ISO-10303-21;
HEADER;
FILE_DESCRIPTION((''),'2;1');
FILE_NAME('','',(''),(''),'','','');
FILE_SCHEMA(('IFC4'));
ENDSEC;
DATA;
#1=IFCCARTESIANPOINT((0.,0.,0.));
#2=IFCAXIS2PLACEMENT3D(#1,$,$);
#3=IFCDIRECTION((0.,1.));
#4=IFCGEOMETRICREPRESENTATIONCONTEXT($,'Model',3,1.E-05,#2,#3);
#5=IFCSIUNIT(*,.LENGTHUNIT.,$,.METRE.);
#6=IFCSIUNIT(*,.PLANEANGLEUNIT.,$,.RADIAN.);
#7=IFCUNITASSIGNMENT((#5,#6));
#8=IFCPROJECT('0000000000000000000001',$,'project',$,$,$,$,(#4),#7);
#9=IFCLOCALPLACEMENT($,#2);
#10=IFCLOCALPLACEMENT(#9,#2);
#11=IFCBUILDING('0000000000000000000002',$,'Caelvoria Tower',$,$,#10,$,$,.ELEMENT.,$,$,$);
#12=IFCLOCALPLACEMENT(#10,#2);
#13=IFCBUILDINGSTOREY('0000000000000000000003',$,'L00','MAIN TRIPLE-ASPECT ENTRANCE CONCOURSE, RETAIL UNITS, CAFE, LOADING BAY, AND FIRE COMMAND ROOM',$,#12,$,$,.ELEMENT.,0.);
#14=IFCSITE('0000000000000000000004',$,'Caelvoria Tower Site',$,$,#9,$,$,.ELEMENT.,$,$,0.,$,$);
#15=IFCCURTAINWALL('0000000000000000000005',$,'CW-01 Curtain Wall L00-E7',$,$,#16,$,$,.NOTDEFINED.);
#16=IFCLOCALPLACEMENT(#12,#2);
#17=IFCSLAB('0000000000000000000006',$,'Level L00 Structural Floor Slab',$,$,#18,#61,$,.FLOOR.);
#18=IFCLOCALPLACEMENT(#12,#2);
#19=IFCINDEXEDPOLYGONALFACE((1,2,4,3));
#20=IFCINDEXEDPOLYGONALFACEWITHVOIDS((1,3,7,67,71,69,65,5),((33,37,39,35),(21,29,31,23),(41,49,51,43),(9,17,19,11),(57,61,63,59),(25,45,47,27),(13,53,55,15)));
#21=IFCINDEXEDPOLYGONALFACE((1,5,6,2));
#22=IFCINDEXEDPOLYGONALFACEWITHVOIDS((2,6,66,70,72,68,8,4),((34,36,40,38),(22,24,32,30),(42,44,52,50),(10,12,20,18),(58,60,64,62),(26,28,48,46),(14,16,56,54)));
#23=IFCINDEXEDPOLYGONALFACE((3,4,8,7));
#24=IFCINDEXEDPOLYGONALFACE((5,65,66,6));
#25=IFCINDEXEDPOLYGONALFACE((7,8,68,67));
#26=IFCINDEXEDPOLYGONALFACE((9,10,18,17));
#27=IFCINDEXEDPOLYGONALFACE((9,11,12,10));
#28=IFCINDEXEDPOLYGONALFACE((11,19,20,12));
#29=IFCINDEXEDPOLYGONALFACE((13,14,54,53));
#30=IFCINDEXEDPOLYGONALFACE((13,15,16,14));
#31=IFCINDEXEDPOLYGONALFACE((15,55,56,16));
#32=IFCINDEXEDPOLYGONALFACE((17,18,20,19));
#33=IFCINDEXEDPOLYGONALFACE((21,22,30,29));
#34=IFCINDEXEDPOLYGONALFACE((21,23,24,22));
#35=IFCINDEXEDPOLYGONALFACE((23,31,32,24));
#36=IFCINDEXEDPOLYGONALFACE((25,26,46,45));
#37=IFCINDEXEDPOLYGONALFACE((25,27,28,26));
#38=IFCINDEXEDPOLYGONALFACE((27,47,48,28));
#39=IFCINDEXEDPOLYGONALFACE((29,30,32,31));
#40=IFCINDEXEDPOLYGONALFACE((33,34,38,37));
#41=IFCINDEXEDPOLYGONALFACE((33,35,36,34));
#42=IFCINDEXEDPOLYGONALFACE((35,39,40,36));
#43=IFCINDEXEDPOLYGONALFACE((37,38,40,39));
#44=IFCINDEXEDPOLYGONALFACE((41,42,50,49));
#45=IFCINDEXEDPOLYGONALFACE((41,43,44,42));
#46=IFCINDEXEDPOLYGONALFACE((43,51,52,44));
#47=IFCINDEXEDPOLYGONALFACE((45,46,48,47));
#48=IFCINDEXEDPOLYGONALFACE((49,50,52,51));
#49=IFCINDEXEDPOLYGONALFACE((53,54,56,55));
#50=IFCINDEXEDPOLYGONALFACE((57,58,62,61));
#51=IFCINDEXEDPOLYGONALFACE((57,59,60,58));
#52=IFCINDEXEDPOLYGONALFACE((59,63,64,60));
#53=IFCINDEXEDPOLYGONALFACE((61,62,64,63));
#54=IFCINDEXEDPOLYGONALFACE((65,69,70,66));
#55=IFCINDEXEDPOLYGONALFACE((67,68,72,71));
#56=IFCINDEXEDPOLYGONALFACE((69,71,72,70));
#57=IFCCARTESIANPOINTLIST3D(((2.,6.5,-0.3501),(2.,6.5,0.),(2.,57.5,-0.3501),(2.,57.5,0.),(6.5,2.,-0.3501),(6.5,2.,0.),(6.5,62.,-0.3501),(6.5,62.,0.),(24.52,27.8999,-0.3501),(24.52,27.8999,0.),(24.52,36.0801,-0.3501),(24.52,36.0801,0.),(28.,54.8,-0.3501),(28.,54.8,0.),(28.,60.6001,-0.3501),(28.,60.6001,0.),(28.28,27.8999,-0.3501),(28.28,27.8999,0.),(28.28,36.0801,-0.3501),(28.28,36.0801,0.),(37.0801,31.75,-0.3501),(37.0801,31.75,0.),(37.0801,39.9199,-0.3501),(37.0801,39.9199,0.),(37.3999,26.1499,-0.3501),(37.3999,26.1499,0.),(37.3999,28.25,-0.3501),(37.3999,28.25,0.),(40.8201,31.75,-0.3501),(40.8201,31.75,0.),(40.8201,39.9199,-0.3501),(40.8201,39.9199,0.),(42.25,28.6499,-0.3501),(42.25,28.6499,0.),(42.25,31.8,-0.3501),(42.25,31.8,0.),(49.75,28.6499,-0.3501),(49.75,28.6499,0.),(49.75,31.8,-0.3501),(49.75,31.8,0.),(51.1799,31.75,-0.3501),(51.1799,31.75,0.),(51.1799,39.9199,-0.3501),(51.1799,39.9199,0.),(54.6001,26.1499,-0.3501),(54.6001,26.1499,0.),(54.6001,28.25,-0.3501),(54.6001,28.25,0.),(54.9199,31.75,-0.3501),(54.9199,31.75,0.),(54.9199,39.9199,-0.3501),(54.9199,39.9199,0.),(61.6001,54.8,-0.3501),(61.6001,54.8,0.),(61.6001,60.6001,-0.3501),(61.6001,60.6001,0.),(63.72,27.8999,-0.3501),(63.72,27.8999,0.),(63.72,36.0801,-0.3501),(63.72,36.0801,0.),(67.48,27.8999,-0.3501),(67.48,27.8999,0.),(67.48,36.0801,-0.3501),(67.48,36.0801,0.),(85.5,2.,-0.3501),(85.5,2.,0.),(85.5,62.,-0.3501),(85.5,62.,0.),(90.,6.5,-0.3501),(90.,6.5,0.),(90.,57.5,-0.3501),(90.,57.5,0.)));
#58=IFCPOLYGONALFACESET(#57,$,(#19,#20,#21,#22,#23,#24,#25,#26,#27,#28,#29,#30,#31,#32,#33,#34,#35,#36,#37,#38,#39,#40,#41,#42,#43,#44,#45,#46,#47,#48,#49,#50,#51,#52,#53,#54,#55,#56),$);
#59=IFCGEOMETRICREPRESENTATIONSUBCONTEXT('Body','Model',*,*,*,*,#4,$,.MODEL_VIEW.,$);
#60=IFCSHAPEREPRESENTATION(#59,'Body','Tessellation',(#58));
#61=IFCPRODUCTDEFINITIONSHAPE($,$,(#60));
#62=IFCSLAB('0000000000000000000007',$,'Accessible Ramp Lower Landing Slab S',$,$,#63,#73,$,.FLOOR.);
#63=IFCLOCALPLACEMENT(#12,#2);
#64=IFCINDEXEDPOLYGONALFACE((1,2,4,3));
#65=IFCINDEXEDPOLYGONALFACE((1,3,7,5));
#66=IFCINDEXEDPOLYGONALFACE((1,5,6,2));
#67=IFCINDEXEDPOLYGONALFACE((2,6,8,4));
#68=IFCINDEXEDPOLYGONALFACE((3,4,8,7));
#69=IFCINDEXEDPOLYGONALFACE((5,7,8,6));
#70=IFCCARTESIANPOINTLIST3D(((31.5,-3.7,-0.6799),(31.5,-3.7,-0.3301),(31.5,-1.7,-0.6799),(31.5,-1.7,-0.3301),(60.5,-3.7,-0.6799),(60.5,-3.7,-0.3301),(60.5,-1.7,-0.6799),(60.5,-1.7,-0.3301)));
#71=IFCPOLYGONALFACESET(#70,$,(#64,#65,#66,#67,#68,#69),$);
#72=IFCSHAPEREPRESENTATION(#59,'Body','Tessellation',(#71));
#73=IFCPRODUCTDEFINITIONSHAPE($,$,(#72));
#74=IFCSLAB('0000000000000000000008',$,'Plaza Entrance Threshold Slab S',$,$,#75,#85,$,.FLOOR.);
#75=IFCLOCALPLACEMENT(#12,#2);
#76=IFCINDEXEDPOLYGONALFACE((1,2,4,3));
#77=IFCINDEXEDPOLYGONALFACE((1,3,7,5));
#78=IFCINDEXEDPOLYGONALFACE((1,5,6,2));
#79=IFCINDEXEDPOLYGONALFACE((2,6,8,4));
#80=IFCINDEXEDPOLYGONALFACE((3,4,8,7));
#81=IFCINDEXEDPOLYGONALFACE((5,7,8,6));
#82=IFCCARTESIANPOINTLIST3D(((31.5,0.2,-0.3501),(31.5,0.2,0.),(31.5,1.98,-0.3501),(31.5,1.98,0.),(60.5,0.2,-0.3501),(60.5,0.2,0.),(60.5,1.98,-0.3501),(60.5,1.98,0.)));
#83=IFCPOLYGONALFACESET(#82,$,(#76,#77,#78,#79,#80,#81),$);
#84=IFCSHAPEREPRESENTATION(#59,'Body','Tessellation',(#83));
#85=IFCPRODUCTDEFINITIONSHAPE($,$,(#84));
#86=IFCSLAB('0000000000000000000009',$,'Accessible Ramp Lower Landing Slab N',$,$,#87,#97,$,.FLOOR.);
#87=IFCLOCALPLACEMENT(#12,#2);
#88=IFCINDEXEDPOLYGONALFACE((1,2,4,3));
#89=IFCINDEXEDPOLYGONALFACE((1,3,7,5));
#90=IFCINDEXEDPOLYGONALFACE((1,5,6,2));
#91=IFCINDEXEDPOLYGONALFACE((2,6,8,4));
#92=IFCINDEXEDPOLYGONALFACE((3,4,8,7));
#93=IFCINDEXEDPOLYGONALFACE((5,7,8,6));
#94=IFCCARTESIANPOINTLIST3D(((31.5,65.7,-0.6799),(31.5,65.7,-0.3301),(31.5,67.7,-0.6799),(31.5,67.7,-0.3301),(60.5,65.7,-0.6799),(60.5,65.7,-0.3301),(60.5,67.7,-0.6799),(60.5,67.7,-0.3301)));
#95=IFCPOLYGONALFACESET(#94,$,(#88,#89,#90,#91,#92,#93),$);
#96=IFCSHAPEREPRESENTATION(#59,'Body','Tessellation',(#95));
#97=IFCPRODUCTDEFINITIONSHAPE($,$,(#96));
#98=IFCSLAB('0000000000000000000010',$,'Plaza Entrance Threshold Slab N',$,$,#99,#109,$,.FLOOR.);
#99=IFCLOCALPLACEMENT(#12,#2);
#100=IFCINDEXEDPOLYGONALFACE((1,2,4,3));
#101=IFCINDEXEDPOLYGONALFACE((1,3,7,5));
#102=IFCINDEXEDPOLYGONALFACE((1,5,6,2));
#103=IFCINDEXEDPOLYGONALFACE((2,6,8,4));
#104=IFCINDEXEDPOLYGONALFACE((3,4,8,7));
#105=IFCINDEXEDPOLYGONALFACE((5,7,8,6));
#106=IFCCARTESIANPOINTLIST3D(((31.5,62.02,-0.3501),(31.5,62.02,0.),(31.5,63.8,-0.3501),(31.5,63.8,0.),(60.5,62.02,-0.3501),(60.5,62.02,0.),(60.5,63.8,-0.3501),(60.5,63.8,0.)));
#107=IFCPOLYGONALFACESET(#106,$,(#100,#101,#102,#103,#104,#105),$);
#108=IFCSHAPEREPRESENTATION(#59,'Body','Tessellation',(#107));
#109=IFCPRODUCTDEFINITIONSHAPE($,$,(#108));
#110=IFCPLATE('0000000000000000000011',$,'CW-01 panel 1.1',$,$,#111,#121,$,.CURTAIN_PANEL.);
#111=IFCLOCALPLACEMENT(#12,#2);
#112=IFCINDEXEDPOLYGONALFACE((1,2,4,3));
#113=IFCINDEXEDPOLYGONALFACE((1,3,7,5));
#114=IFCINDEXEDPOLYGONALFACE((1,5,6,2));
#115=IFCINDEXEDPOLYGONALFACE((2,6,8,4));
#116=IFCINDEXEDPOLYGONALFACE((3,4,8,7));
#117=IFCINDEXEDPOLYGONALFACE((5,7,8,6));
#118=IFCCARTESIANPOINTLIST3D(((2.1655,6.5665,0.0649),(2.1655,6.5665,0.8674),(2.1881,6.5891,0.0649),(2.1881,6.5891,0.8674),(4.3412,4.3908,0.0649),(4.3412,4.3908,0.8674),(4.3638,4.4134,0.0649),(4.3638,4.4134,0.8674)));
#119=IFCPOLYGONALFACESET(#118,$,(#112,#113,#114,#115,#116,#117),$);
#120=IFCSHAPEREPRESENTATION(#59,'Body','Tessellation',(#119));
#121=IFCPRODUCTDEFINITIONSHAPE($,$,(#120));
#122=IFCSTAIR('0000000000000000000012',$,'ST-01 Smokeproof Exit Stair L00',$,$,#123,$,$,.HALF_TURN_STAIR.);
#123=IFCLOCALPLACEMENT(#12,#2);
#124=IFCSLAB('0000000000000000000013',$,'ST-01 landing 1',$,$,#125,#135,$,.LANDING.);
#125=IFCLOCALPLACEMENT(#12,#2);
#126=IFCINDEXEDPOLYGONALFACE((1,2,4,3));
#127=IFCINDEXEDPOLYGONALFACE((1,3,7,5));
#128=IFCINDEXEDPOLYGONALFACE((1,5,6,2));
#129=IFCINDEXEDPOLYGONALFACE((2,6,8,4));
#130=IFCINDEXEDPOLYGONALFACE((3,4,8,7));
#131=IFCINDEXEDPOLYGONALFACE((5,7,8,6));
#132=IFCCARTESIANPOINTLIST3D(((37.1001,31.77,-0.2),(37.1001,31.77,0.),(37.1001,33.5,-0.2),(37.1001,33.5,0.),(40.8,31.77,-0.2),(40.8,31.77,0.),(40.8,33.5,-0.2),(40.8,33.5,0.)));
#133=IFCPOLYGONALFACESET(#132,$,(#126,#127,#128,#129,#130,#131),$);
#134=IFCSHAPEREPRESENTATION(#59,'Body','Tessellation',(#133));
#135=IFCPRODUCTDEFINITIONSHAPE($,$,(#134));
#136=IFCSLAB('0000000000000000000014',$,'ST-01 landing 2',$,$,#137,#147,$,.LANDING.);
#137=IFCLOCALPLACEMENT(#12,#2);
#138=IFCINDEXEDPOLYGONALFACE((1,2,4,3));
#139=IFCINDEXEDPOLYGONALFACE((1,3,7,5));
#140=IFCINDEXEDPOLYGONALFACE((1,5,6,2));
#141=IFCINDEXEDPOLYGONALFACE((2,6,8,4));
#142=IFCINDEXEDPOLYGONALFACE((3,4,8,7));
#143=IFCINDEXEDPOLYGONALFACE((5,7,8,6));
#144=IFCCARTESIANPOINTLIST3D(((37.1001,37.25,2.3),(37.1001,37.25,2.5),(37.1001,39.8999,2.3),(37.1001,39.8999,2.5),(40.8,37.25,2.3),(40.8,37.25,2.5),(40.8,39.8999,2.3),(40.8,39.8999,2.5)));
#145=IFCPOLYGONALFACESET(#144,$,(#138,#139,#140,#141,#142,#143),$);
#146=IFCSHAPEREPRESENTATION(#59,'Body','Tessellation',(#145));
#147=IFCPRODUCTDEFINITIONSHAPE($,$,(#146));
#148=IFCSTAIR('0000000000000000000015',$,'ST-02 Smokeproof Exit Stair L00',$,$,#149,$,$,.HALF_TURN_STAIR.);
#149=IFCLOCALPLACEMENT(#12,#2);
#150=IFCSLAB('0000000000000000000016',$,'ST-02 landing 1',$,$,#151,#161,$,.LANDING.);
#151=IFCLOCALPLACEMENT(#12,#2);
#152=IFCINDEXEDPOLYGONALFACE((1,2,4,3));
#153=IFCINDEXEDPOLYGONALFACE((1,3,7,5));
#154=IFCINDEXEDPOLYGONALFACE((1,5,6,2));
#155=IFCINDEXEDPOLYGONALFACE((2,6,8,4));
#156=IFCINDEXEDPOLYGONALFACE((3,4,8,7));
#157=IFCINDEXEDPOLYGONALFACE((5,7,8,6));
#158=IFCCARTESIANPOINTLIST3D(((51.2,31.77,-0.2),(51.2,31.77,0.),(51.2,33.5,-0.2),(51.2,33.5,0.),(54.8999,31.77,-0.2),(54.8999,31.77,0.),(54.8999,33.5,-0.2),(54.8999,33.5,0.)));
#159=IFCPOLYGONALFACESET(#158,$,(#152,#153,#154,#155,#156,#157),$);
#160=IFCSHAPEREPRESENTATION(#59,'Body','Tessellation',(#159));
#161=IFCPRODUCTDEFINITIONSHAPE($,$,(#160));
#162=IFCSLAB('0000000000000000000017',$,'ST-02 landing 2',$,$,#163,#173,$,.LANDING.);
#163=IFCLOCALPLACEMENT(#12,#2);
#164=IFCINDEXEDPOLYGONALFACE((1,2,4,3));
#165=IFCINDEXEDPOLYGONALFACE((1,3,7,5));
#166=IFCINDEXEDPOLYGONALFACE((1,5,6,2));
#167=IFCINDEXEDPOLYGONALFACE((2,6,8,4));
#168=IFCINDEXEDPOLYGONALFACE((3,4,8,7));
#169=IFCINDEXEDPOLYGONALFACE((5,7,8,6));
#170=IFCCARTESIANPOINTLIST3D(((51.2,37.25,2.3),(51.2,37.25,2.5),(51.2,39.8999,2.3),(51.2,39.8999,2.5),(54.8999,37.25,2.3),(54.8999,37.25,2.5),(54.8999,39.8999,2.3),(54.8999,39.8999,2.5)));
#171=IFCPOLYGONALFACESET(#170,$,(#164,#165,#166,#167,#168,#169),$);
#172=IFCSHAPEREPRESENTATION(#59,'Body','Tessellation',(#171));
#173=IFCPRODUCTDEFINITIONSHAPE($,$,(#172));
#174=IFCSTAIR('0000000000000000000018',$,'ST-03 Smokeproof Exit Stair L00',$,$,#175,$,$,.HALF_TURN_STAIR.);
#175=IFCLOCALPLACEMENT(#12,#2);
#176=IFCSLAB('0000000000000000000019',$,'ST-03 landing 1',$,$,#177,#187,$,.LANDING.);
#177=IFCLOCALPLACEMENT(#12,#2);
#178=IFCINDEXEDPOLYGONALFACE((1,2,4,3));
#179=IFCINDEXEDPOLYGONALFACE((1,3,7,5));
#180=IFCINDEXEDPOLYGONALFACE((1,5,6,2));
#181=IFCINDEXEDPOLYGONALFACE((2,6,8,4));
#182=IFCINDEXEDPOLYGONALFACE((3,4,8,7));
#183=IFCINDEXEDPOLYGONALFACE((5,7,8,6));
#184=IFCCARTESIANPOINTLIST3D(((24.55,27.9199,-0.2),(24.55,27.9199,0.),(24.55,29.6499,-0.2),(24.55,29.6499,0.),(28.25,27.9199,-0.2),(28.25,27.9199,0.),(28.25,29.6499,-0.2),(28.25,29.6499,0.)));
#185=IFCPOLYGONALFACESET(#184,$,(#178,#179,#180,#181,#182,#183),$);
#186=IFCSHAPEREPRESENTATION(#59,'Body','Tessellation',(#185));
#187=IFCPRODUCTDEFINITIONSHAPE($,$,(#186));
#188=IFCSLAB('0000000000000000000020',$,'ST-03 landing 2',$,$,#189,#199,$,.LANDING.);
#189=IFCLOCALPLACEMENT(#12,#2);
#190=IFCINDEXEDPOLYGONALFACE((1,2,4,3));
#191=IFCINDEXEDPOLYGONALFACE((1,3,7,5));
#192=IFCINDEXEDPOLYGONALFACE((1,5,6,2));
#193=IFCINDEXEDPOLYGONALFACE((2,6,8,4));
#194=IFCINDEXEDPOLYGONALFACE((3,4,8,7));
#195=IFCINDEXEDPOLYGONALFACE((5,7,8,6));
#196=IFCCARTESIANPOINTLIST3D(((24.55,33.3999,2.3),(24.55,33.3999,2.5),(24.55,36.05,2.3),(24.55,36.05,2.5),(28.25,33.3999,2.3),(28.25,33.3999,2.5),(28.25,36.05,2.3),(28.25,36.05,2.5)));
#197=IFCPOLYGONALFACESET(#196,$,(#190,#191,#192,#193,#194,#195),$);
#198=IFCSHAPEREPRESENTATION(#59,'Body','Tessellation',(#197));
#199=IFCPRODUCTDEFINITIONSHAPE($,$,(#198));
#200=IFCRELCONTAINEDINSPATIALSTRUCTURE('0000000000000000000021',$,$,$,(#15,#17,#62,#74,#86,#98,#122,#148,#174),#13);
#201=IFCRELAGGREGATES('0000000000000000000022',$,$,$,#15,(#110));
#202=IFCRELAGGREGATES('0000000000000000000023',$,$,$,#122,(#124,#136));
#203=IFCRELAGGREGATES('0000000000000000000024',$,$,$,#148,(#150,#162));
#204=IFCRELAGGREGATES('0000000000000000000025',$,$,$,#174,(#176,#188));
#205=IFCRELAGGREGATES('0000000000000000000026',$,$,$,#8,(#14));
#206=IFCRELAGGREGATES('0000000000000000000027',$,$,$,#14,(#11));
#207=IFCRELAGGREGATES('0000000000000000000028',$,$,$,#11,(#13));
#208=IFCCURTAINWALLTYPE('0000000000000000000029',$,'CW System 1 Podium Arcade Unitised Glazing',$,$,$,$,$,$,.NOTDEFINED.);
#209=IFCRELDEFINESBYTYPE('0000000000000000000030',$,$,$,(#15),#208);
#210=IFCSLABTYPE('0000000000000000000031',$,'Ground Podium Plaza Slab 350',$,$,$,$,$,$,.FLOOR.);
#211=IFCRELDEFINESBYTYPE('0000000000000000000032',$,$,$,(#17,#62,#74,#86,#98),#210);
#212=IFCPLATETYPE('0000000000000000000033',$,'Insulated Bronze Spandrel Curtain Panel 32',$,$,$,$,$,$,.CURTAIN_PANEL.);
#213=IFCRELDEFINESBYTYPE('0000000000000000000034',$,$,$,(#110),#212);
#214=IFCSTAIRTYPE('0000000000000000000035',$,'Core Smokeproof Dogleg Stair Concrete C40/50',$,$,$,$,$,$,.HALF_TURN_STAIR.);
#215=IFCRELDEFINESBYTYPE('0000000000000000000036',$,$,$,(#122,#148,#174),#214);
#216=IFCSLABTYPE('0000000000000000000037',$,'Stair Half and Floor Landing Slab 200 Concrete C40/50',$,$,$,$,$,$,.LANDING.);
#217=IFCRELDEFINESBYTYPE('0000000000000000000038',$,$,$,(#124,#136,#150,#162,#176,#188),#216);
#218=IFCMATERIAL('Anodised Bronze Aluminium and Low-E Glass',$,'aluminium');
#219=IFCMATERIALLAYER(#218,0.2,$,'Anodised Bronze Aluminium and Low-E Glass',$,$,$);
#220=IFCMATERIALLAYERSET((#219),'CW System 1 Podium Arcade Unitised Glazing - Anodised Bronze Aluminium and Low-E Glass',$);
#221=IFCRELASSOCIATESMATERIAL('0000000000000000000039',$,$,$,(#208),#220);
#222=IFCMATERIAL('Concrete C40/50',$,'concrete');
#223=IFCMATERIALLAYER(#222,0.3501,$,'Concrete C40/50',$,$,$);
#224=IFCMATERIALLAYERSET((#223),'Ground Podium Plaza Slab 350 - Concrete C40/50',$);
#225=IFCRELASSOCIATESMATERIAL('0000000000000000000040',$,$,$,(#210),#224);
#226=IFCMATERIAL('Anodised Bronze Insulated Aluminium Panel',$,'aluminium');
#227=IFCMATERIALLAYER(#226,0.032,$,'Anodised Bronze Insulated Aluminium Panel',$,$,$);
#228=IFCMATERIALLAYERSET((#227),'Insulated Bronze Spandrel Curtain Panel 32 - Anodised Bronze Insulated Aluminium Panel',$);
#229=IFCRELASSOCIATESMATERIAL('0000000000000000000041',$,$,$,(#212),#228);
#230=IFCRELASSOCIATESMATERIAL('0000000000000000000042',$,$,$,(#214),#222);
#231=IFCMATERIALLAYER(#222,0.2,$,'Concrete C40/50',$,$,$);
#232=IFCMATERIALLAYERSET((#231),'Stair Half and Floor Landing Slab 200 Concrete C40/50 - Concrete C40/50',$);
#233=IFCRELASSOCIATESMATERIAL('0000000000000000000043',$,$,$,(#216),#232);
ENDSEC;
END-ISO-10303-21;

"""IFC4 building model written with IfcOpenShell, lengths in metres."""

from ifc_helpers import new_model, si_unit, direction, frame, origin, origin_2d, place, context, subcontext, project, spatial, polyline, rectangle, outline, extrude, material, layer, layer_set, type_object, element, aggregate, save


model = new_model("IFC4")

# Units and contexts
model_context = context("Model", 3, precision=1e-05, world=origin(), true_north=direction((0.0, 1.0)))
body_context = subcontext(model_context, "Body", "Model", "MODEL_VIEW")
ifc_project = project(units=[si_unit("LENGTHUNIT", "METRE"), si_unit("PLANEANGLEUNIT", "RADIAN")], contexts=[model_context])

# Site, building, storey
site_placement = place(None, origin())
site = spatial("IfcSite", under=ifc_project, at=site_placement, Name="Caelvoria Tower Site", CompositionType="ELEMENT", RefElevation=0.0)
building_placement = place(site_placement, origin())
building = spatial("IfcBuilding", under=site, at=building_placement, Name="Caelvoria Tower", CompositionType="ELEMENT")
storey_placement = place(building_placement, origin())
storey = spatial("IfcBuildingStorey", under=building, at=storey_placement, Name="L00", Description="MAIN TRIPLE-ASPECT ENTRANCE CONCOURSE, RETAIL UNITS, CAFE, LOADING BAY, AND FIRE COMMAND ROOM", CompositionType="ELEMENT", Elevation=0.0)

# Curtain wall
ifc_material_1 = material(Name="Anodised Bronze Aluminium and Low-E Glass", Category="aluminium")
ifc_layer_1 = layer(ifc_material_1, 0.2, Name="Anodised Bronze Aluminium and Low-E Glass")
ifc_layer_set_1 = layer_set([ifc_layer_1], Name="CW System 1 Podium Arcade Unitised Glazing - Anodised Bronze Aluminium and Low-E Glass")
curtain_wall_type = type_object("IfcCurtainWallType", Name="CW System 1 Podium Arcade Unitised Glazing", PredefinedType="NOTDEFINED", material=ifc_layer_set_1)
curtain_wall_placement = place(storey_placement, origin())
curtain_wall = element("IfcCurtainWall", 1, at=curtain_wall_placement, inside=storey, type_object=curtain_wall_type, Name="CW-01 Curtain Wall L00-E7", PredefinedType="NOTDEFINED")

# Slabs
ifc_material_2 = material(Name="Concrete C40/50", Category="concrete")
ifc_layer_2 = layer(ifc_material_2, 0.3501, Name="Concrete C40/50")
ifc_layer_set_2 = layer_set([ifc_layer_2], Name="Ground Podium Plaza Slab 350 - Concrete C40/50")
slab_type_1 = type_object("IfcSlabType", Name="Ground Podium Plaza Slab 350", PredefinedType="FLOOR", material=ifc_layer_set_2)
slab_1_placement = place(storey_placement, frame((0.0, 0.0, -0.3501)))
element("IfcSlab", 2, at=slab_1_placement, inside=storey, type_object=slab_type_1, Name="Level L00 Structural Floor Slab", PredefinedType="FLOOR", context=body_context, shape_type="SweptSolid", body=[
    extrude(outline(polyline([(6.5, 2.0), (85.5, 2.0), (90.0, 6.5), (90.0, 57.5), (85.5, 62.0), (6.5, 62.0), (2.0, 57.5), (2.0, 6.5), (6.5, 2.0)]), holes=[polyline([(37.0801, 31.75), (40.8201, 31.75), (40.8201, 39.9199), (37.0801, 39.9199), (37.0801, 31.75)]), polyline([(51.1799, 31.75), (54.9199, 31.75), (54.9199, 39.9199), (51.1799, 39.9199), (51.1799, 31.75)]), polyline([(42.25, 28.6499), (49.75, 28.6499), (49.75, 31.8), (42.25, 31.8), (42.25, 28.6499)]), polyline([(28.0, 54.8), (61.6001, 54.8), (61.6001, 60.6001), (28.0, 60.6001), (28.0, 54.8)]), polyline([(24.52, 27.8999), (28.28, 27.8999), (28.28, 36.0801), (24.52, 36.0801), (24.52, 27.8999)]), polyline([(63.72, 27.8999), (67.48, 27.8999), (67.48, 36.0801), (63.72, 36.0801), (63.72, 27.8999)]), polyline([(37.3999, 26.1499), (54.6001, 26.1499), (54.6001, 28.25), (37.3999, 28.25), (37.3999, 26.1499)])]), origin(), (0.0, 0.0, 1.0), 0.3501),
])
slab_2_placement = place(storey_placement, frame((0.0, 0.0, -0.6799)))
element("IfcSlab", 3, at=slab_2_placement, inside=storey, type_object=slab_type_1, Name="Accessible Ramp Lower Landing Slab S", PredefinedType="FLOOR", context=body_context, shape_type="SweptSolid", body=[
    extrude(outline(polyline([(31.5, -3.7), (60.5, -3.7), (60.5, -1.7), (31.5, -1.7), (31.5, -3.7)])), origin(), (0.0, 0.0, 1.0), 0.3499),
])
slab_3_placement = place(storey_placement, frame((0.0, 0.0, -0.3501)))
element("IfcSlab", 4, at=slab_3_placement, inside=storey, type_object=slab_type_1, Name="Plaza Entrance Threshold Slab S", PredefinedType="FLOOR", context=body_context, shape_type="SweptSolid", body=[
    extrude(outline(polyline([(31.5, 0.2), (60.5, 0.2), (60.5, 1.98), (31.5, 1.98), (31.5, 0.2)])), origin(), (0.0, 0.0, 1.0), 0.3501),
])
slab_4_placement = place(storey_placement, frame((0.0, 0.0, -0.6799)))
element("IfcSlab", 5, at=slab_4_placement, inside=storey, type_object=slab_type_1, Name="Accessible Ramp Lower Landing Slab N", PredefinedType="FLOOR", context=body_context, shape_type="SweptSolid", body=[
    extrude(outline(polyline([(31.5, 65.7), (60.5, 65.7), (60.5, 67.7), (31.5, 67.7), (31.5, 65.7)])), origin(), (0.0, 0.0, 1.0), 0.3499),
])
slab_5_placement = place(storey_placement, frame((0.0, 0.0, -0.3501)))
element("IfcSlab", 6, at=slab_5_placement, inside=storey, type_object=slab_type_1, Name="Plaza Entrance Threshold Slab N", PredefinedType="FLOOR", context=body_context, shape_type="SweptSolid", body=[
    extrude(outline(polyline([(31.5, 62.02), (60.5, 62.02), (60.5, 63.8), (31.5, 63.8), (31.5, 62.02)])), origin(), (0.0, 0.0, 1.0), 0.3501),
])

# Plate
ifc_material_3 = material(Name="Anodised Bronze Insulated Aluminium Panel", Category="aluminium")
ifc_layer_3 = layer(ifc_material_3, 0.032, Name="Anodised Bronze Insulated Aluminium Panel")
ifc_layer_set_3 = layer_set([ifc_layer_3], Name="Insulated Bronze Spandrel Curtain Panel 32 - Anodised Bronze Insulated Aluminium Panel")
plate_type_1 = type_object("IfcPlateType", Name="Insulated Bronze Spandrel Curtain Panel 32", PredefinedType="CURTAIN_PANEL", material=ifc_layer_set_3)
plate_1_placement = place(storey_placement, frame((3.2646, 5.49, 0.0649), z_axis=(0.0, 0.0, 1.0), x_axis=(0.707107, -0.707107, 0.0)))
plate_1 = element("IfcPlate", 7, at=plate_1_placement, type_object=plate_type_1, Name="CW-01 panel 1.1", PredefinedType="CURTAIN_PANEL", context=body_context, shape_type="SweptSolid", body=[
    extrude(rectangle(XDim=3.0769, YDim=0.032, at=origin_2d()), origin(), (0.0, 0.0, 1.0), 0.8025),
])
aggregate(curtain_wall, [plate_1])

# Stairs, slabs
stair_type = type_object("IfcStairType", Name="Core Smokeproof Dogleg Stair Concrete C40/50", PredefinedType="HALF_TURN_STAIR", material=ifc_material_2)
stair_1_placement = place(storey_placement, origin())
stair_1 = element("IfcStair", 8, at=stair_1_placement, inside=storey, type_object=stair_type, Name="ST-01 Smokeproof Exit Stair L00", PredefinedType="HALF_TURN_STAIR")
ifc_layer_4 = layer(ifc_material_2, 0.2, Name="Concrete C40/50")
ifc_layer_set_4 = layer_set([ifc_layer_4], Name="Stair Half and Floor Landing Slab 200 Concrete C40/50 - Concrete C40/50")
slab_type_2 = type_object("IfcSlabType", Name="Stair Half and Floor Landing Slab 200 Concrete C40/50", PredefinedType="LANDING", material=ifc_layer_set_4)
slab_6_placement = place(storey_placement, frame((0.0, 0.0, -0.2)))
slab_6 = element("IfcSlab", 9, at=slab_6_placement, type_object=slab_type_2, Name="ST-01 landing 1", PredefinedType="LANDING", context=body_context, shape_type="SweptSolid", body=[
    extrude(outline(polyline([(37.1001, 31.77), (40.8, 31.77), (40.8, 33.5), (37.1001, 33.5), (37.1001, 31.77)])), origin(), (0.0, 0.0, 1.0), 0.2),
])
slab_7_placement = place(storey_placement, frame((0.0, 0.0, 2.3)))
slab_7 = element("IfcSlab", 10, at=slab_7_placement, type_object=slab_type_2, Name="ST-01 landing 2", PredefinedType="LANDING", context=body_context, shape_type="SweptSolid", body=[
    extrude(outline(polyline([(37.1001, 37.25), (40.8, 37.25), (40.8, 39.8999), (37.1001, 39.8999), (37.1001, 37.25)])), origin(), (0.0, 0.0, 1.0), 0.2),
])
aggregate(stair_1, [slab_6, slab_7])
stair_2_placement = place(storey_placement, origin())
stair_2 = element("IfcStair", 11, at=stair_2_placement, inside=storey, type_object=stair_type, Name="ST-02 Smokeproof Exit Stair L00", PredefinedType="HALF_TURN_STAIR")
slab_8_placement = place(storey_placement, frame((0.0, 0.0, -0.2)))
slab_8 = element("IfcSlab", 12, at=slab_8_placement, type_object=slab_type_2, Name="ST-02 landing 1", PredefinedType="LANDING", context=body_context, shape_type="SweptSolid", body=[
    extrude(outline(polyline([(51.2, 31.77), (54.8999, 31.77), (54.8999, 33.5), (51.2, 33.5), (51.2, 31.77)])), origin(), (0.0, 0.0, 1.0), 0.2),
])
slab_9_placement = place(storey_placement, frame((0.0, 0.0, 2.3)))
slab_9 = element("IfcSlab", 13, at=slab_9_placement, type_object=slab_type_2, Name="ST-02 landing 2", PredefinedType="LANDING", context=body_context, shape_type="SweptSolid", body=[
    extrude(outline(polyline([(51.2, 37.25), (54.8999, 37.25), (54.8999, 39.8999), (51.2, 39.8999), (51.2, 37.25)])), origin(), (0.0, 0.0, 1.0), 0.2),
])
aggregate(stair_2, [slab_8, slab_9])
stair_3_placement = place(storey_placement, origin())
stair_3 = element("IfcStair", 14, at=stair_3_placement, inside=storey, type_object=stair_type, Name="ST-03 Smokeproof Exit Stair L00", PredefinedType="HALF_TURN_STAIR")
slab_10_placement = place(storey_placement, frame((0.0, 0.0, -0.2)))
slab_10 = element("IfcSlab", 15, at=slab_10_placement, type_object=slab_type_2, Name="ST-03 landing 1", PredefinedType="LANDING", context=body_context, shape_type="SweptSolid", body=[
    extrude(outline(polyline([(24.55, 27.9199), (28.25, 27.9199), (28.25, 29.6499), (24.55, 29.6499), (24.55, 27.9199)])), origin(), (0.0, 0.0, 1.0), 0.2),
])
slab_11_placement = place(storey_placement, frame((0.0, 0.0, 2.3)))
slab_11 = element("IfcSlab", 16, at=slab_11_placement, type_object=slab_type_2, Name="ST-03 landing 2", PredefinedType="LANDING", context=body_context, shape_type="SweptSolid", body=[
    extrude(outline(polyline([(24.55, 33.3999), (28.25, 33.3999), (28.25, 36.05), (24.55, 36.05), (24.55, 33.3999)])), origin(), (0.0, 0.0, 1.0), 0.2),
])
aggregate(stair_3, [slab_10, slab_11])

save(model, "model.ifc")
